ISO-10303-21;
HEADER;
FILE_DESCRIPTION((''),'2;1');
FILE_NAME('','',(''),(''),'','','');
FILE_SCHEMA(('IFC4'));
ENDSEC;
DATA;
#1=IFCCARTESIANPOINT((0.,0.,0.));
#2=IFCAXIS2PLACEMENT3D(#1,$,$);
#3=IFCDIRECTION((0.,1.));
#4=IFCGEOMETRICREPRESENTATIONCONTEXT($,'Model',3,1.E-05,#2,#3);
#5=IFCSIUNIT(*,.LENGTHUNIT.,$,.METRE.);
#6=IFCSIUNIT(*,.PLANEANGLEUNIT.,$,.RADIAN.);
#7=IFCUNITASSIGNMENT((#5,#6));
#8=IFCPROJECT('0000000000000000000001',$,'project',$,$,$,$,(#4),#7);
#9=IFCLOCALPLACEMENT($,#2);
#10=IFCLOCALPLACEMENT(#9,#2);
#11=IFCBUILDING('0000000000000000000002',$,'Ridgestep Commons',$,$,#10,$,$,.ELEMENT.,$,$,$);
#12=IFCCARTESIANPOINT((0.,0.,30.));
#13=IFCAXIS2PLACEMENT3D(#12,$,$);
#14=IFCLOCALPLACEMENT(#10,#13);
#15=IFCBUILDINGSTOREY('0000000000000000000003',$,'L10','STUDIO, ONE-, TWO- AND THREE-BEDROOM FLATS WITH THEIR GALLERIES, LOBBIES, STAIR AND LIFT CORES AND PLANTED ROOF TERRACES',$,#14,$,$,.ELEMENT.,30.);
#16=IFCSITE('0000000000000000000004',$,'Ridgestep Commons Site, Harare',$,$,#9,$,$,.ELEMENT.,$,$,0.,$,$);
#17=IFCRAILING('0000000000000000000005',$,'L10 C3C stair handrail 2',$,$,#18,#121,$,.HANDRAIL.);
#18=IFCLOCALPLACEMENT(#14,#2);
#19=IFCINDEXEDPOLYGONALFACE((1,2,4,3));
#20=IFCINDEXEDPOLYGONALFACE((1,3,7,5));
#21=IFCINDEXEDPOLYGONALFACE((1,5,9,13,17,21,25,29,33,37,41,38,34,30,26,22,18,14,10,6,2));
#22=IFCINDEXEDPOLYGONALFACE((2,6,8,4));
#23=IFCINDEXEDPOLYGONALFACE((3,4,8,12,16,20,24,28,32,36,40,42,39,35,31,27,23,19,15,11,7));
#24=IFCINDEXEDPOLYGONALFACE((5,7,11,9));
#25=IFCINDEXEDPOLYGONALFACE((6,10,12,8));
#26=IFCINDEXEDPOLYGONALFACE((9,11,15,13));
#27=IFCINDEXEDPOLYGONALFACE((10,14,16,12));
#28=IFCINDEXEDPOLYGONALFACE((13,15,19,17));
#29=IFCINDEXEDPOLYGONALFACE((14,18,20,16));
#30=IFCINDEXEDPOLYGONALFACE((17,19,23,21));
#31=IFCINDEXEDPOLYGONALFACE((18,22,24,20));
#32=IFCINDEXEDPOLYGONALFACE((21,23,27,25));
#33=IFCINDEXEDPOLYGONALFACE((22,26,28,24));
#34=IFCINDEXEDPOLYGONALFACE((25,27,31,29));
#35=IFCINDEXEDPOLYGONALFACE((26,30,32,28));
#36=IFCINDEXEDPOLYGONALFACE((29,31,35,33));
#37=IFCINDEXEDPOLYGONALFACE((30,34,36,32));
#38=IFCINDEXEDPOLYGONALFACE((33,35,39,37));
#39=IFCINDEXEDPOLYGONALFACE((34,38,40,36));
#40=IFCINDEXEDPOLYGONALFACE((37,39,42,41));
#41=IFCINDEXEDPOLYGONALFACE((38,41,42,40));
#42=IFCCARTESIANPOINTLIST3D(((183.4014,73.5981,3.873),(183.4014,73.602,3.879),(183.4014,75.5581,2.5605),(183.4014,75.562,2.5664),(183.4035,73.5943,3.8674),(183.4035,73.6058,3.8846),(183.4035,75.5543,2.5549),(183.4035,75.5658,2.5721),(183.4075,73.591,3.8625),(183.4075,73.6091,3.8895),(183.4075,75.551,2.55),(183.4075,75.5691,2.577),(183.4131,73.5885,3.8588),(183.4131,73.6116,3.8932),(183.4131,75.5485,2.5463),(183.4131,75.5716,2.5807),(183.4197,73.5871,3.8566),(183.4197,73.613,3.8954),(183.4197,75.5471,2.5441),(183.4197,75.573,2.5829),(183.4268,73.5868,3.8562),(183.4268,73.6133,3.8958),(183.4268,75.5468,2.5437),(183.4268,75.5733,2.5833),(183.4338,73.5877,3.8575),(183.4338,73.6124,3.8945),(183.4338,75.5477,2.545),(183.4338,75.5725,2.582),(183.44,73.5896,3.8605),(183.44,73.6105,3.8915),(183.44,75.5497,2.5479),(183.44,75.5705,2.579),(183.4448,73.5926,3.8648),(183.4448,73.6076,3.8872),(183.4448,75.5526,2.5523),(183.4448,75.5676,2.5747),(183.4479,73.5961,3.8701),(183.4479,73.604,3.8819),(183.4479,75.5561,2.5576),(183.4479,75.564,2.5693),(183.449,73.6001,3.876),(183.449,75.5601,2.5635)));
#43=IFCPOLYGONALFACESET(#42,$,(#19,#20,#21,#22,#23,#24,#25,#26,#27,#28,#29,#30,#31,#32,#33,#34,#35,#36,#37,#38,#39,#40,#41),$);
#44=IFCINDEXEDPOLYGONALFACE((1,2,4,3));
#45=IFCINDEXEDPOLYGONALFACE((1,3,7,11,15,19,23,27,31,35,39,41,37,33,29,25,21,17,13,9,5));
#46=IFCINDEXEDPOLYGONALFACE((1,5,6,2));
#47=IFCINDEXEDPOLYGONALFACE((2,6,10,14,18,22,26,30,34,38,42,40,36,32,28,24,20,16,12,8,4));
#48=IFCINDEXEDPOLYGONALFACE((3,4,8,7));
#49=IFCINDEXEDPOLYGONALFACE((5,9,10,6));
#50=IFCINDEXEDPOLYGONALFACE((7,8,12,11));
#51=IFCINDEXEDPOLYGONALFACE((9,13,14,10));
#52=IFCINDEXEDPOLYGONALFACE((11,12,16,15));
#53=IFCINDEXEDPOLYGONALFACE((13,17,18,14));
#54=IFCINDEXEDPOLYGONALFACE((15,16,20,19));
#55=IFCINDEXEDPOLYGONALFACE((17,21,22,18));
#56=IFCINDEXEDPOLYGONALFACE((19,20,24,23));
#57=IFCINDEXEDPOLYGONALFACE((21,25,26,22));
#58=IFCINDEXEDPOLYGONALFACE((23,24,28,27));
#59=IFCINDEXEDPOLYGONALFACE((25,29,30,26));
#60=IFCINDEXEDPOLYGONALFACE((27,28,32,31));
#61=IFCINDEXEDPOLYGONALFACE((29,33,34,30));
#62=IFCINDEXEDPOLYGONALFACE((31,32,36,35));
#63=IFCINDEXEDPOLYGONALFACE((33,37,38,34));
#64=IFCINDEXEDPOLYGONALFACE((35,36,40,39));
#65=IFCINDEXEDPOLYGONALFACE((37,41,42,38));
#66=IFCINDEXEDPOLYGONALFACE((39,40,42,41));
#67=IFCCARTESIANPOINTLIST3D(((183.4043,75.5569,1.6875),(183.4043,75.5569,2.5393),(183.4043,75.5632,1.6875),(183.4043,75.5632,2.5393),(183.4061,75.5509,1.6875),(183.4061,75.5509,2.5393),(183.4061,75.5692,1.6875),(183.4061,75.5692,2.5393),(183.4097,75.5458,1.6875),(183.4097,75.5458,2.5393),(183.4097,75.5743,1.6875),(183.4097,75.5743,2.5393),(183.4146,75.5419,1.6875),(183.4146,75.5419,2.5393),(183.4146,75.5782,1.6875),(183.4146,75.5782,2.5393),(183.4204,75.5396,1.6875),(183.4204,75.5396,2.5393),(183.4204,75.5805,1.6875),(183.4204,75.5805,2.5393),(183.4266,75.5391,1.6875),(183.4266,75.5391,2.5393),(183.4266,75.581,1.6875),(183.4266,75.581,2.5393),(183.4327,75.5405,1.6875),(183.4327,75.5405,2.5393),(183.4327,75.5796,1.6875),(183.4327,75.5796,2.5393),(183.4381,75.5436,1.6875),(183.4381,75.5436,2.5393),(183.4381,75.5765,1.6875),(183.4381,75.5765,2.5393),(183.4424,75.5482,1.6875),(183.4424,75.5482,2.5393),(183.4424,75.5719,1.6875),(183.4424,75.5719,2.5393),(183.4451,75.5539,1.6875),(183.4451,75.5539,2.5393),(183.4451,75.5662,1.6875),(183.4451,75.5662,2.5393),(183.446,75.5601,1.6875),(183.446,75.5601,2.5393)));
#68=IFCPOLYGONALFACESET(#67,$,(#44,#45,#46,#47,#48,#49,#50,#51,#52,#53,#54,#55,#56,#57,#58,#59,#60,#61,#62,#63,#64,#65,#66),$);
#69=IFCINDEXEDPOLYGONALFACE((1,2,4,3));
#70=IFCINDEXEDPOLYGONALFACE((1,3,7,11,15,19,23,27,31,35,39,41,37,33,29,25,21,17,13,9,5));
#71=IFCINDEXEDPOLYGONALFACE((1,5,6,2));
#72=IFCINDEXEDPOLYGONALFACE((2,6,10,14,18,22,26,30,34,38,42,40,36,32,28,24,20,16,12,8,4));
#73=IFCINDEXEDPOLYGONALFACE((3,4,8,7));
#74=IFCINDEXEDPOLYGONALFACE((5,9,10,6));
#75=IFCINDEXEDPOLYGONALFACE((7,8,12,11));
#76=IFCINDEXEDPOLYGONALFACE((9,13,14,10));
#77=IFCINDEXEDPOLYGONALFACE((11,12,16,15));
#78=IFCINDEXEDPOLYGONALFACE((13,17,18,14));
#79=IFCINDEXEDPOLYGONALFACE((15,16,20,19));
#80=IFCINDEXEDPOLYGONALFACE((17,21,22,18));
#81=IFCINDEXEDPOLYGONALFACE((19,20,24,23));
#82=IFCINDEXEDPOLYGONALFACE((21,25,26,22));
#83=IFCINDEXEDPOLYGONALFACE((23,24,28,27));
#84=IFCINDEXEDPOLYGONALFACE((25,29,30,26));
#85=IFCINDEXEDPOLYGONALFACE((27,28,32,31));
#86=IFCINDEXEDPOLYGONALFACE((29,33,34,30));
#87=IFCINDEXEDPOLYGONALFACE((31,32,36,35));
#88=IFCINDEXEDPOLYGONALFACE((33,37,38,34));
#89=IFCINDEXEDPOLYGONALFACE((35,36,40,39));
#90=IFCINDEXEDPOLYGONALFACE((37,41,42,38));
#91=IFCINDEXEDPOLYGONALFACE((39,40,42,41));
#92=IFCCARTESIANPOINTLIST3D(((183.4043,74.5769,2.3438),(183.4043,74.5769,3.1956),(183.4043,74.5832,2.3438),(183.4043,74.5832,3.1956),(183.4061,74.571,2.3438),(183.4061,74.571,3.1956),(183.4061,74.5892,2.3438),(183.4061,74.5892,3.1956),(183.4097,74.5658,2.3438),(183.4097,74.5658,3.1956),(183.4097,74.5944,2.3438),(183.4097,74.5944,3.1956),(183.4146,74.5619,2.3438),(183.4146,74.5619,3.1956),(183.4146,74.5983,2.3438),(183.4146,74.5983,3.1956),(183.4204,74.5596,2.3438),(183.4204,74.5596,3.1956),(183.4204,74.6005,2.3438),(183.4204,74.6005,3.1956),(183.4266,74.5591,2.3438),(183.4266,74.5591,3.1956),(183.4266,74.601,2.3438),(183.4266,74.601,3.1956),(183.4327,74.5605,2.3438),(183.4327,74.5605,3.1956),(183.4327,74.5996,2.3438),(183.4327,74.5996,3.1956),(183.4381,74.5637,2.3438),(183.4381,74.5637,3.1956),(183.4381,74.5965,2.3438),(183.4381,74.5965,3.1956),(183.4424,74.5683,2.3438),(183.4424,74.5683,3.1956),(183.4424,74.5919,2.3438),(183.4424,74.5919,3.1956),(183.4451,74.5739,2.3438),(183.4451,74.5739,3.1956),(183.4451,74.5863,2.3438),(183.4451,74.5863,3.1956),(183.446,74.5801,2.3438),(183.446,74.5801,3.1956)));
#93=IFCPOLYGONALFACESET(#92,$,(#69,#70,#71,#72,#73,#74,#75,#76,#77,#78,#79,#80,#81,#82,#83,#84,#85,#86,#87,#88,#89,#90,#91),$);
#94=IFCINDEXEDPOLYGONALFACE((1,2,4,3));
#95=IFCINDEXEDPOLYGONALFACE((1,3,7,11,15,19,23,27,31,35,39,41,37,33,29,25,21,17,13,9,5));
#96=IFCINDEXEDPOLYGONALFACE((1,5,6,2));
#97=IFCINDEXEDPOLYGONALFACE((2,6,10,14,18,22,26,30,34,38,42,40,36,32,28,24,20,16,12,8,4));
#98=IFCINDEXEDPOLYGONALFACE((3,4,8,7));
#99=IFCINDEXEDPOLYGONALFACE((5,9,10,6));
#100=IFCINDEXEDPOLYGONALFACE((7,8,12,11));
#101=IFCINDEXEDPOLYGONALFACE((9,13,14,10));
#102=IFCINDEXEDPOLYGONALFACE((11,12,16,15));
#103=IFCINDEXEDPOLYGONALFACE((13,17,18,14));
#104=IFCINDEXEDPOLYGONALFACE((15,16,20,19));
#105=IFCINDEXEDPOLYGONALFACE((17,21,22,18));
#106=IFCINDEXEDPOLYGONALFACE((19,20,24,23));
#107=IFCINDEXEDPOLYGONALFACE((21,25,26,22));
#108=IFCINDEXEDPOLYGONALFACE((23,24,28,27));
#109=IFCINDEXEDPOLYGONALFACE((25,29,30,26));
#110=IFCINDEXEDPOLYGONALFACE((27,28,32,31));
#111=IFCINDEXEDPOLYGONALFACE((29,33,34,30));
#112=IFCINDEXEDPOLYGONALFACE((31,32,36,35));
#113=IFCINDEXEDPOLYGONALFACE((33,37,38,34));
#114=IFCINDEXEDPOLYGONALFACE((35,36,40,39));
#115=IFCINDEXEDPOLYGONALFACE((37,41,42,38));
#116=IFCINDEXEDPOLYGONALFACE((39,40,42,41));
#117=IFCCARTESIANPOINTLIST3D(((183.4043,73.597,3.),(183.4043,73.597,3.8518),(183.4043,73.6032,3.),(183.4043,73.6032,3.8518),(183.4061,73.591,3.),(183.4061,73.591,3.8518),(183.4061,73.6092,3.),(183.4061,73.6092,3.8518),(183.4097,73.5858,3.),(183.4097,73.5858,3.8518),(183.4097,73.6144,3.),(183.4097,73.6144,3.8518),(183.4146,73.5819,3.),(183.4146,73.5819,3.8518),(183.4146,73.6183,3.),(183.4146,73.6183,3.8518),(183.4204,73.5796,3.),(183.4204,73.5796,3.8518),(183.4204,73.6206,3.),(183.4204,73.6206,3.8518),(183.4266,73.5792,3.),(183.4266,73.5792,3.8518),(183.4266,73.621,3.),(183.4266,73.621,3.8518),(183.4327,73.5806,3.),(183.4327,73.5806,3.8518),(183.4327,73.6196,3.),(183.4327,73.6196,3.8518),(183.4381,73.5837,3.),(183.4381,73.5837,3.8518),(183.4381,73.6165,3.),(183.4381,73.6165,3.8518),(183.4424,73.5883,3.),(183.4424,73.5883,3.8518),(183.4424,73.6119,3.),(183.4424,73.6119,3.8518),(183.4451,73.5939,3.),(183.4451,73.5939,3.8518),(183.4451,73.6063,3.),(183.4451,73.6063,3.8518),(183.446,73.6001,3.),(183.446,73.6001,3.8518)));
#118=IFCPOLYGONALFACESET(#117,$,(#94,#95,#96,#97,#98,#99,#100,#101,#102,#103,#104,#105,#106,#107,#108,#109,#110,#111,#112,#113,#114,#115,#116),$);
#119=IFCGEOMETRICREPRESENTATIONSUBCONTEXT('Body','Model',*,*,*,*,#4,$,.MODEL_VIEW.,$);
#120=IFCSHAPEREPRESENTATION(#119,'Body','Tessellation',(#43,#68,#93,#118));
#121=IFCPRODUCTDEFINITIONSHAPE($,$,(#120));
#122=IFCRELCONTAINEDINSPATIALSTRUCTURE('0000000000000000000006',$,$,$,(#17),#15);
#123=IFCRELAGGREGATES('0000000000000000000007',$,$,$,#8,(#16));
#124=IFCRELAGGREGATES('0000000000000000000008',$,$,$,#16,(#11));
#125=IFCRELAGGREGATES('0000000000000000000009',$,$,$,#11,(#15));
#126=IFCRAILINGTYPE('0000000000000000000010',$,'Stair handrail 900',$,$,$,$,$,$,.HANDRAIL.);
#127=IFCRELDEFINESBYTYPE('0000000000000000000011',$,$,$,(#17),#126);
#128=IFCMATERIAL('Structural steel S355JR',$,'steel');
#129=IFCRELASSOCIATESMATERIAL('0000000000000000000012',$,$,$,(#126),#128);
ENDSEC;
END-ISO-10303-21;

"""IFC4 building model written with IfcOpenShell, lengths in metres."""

from ifc_helpers import new_model, si_unit, direction, frame, origin, origin_2d, place, context, subcontext, project, spatial, circle, extrude, material, type_object, element, save


model = new_model("IFC4")

# Units and contexts
model_context = context("Model", 3, precision=1e-05, world=origin(), true_north=direction((0.0, 1.0)))
body_context = subcontext(model_context, "Body", "Model", "MODEL_VIEW")
ifc_project = project(units=[si_unit("LENGTHUNIT", "METRE"), si_unit("PLANEANGLEUNIT", "RADIAN")], contexts=[model_context])

# Site, building, storey
site_placement = place(None, origin())
site = spatial("IfcSite", under=ifc_project, at=site_placement, Name="Ridgestep Commons Site, Harare", CompositionType="ELEMENT", RefElevation=0.0)
building_placement = place(site_placement, origin())
building = spatial("IfcBuilding", under=site, at=building_placement, Name="Ridgestep Commons", CompositionType="ELEMENT")
storey_placement = place(building_placement, frame((0.0, 0.0, 30.0)))
storey = spatial("IfcBuildingStorey", under=building, at=storey_placement, Name="L10", Description="STUDIO, ONE-, TWO- AND THREE-BEDROOM FLATS WITH THEIR GALLERIES, LOBBIES, STAIR AND LIFT CORES AND PLANTED ROOF TERRACES", CompositionType="ELEMENT", Elevation=30.0)

# Railing
ifc_material_1 = material(Name="Structural steel S355JR", Category="steel")
railing_type_1 = type_object("IfcRailingType", Name="Stair handrail 900", PredefinedType="HANDRAIL", material=ifc_material_1)
railing_1_placement = place(storey_placement, frame((183.425, 75.5601, 1.6875)))
element("IfcRailing", 1, at=railing_1_placement, inside=storey, type_object=railing_type_1, Name="L10 C3C stair handrail 2", PredefinedType="HANDRAIL", context=body_context, shape_type="SweptSolid", body=[
    extrude(circle(Radius=0.0239, at=origin_2d()), frame((0.0, 0.0, 0.876), z_axis=(0.0, -0.830902, 0.556419), x_axis=(1.0, 0.0, 0.0)), (0.0, 0.0, 1.0), 2.3589),
    extrude(circle(Radius=0.021, at=origin_2d()), origin(), (0.0, 0.0, 1.0), 0.8518),
    extrude(circle(Radius=0.021, at=origin_2d()), frame((0.0, -0.98, 0.6562)), (0.0, 0.0, 1.0), 0.8518),
    extrude(circle(Radius=0.021, at=origin_2d()), frame((0.0, -1.96, 1.3125)), (0.0, 0.0, 1.0), 0.8518),
])

save(model, "model.ifc")
